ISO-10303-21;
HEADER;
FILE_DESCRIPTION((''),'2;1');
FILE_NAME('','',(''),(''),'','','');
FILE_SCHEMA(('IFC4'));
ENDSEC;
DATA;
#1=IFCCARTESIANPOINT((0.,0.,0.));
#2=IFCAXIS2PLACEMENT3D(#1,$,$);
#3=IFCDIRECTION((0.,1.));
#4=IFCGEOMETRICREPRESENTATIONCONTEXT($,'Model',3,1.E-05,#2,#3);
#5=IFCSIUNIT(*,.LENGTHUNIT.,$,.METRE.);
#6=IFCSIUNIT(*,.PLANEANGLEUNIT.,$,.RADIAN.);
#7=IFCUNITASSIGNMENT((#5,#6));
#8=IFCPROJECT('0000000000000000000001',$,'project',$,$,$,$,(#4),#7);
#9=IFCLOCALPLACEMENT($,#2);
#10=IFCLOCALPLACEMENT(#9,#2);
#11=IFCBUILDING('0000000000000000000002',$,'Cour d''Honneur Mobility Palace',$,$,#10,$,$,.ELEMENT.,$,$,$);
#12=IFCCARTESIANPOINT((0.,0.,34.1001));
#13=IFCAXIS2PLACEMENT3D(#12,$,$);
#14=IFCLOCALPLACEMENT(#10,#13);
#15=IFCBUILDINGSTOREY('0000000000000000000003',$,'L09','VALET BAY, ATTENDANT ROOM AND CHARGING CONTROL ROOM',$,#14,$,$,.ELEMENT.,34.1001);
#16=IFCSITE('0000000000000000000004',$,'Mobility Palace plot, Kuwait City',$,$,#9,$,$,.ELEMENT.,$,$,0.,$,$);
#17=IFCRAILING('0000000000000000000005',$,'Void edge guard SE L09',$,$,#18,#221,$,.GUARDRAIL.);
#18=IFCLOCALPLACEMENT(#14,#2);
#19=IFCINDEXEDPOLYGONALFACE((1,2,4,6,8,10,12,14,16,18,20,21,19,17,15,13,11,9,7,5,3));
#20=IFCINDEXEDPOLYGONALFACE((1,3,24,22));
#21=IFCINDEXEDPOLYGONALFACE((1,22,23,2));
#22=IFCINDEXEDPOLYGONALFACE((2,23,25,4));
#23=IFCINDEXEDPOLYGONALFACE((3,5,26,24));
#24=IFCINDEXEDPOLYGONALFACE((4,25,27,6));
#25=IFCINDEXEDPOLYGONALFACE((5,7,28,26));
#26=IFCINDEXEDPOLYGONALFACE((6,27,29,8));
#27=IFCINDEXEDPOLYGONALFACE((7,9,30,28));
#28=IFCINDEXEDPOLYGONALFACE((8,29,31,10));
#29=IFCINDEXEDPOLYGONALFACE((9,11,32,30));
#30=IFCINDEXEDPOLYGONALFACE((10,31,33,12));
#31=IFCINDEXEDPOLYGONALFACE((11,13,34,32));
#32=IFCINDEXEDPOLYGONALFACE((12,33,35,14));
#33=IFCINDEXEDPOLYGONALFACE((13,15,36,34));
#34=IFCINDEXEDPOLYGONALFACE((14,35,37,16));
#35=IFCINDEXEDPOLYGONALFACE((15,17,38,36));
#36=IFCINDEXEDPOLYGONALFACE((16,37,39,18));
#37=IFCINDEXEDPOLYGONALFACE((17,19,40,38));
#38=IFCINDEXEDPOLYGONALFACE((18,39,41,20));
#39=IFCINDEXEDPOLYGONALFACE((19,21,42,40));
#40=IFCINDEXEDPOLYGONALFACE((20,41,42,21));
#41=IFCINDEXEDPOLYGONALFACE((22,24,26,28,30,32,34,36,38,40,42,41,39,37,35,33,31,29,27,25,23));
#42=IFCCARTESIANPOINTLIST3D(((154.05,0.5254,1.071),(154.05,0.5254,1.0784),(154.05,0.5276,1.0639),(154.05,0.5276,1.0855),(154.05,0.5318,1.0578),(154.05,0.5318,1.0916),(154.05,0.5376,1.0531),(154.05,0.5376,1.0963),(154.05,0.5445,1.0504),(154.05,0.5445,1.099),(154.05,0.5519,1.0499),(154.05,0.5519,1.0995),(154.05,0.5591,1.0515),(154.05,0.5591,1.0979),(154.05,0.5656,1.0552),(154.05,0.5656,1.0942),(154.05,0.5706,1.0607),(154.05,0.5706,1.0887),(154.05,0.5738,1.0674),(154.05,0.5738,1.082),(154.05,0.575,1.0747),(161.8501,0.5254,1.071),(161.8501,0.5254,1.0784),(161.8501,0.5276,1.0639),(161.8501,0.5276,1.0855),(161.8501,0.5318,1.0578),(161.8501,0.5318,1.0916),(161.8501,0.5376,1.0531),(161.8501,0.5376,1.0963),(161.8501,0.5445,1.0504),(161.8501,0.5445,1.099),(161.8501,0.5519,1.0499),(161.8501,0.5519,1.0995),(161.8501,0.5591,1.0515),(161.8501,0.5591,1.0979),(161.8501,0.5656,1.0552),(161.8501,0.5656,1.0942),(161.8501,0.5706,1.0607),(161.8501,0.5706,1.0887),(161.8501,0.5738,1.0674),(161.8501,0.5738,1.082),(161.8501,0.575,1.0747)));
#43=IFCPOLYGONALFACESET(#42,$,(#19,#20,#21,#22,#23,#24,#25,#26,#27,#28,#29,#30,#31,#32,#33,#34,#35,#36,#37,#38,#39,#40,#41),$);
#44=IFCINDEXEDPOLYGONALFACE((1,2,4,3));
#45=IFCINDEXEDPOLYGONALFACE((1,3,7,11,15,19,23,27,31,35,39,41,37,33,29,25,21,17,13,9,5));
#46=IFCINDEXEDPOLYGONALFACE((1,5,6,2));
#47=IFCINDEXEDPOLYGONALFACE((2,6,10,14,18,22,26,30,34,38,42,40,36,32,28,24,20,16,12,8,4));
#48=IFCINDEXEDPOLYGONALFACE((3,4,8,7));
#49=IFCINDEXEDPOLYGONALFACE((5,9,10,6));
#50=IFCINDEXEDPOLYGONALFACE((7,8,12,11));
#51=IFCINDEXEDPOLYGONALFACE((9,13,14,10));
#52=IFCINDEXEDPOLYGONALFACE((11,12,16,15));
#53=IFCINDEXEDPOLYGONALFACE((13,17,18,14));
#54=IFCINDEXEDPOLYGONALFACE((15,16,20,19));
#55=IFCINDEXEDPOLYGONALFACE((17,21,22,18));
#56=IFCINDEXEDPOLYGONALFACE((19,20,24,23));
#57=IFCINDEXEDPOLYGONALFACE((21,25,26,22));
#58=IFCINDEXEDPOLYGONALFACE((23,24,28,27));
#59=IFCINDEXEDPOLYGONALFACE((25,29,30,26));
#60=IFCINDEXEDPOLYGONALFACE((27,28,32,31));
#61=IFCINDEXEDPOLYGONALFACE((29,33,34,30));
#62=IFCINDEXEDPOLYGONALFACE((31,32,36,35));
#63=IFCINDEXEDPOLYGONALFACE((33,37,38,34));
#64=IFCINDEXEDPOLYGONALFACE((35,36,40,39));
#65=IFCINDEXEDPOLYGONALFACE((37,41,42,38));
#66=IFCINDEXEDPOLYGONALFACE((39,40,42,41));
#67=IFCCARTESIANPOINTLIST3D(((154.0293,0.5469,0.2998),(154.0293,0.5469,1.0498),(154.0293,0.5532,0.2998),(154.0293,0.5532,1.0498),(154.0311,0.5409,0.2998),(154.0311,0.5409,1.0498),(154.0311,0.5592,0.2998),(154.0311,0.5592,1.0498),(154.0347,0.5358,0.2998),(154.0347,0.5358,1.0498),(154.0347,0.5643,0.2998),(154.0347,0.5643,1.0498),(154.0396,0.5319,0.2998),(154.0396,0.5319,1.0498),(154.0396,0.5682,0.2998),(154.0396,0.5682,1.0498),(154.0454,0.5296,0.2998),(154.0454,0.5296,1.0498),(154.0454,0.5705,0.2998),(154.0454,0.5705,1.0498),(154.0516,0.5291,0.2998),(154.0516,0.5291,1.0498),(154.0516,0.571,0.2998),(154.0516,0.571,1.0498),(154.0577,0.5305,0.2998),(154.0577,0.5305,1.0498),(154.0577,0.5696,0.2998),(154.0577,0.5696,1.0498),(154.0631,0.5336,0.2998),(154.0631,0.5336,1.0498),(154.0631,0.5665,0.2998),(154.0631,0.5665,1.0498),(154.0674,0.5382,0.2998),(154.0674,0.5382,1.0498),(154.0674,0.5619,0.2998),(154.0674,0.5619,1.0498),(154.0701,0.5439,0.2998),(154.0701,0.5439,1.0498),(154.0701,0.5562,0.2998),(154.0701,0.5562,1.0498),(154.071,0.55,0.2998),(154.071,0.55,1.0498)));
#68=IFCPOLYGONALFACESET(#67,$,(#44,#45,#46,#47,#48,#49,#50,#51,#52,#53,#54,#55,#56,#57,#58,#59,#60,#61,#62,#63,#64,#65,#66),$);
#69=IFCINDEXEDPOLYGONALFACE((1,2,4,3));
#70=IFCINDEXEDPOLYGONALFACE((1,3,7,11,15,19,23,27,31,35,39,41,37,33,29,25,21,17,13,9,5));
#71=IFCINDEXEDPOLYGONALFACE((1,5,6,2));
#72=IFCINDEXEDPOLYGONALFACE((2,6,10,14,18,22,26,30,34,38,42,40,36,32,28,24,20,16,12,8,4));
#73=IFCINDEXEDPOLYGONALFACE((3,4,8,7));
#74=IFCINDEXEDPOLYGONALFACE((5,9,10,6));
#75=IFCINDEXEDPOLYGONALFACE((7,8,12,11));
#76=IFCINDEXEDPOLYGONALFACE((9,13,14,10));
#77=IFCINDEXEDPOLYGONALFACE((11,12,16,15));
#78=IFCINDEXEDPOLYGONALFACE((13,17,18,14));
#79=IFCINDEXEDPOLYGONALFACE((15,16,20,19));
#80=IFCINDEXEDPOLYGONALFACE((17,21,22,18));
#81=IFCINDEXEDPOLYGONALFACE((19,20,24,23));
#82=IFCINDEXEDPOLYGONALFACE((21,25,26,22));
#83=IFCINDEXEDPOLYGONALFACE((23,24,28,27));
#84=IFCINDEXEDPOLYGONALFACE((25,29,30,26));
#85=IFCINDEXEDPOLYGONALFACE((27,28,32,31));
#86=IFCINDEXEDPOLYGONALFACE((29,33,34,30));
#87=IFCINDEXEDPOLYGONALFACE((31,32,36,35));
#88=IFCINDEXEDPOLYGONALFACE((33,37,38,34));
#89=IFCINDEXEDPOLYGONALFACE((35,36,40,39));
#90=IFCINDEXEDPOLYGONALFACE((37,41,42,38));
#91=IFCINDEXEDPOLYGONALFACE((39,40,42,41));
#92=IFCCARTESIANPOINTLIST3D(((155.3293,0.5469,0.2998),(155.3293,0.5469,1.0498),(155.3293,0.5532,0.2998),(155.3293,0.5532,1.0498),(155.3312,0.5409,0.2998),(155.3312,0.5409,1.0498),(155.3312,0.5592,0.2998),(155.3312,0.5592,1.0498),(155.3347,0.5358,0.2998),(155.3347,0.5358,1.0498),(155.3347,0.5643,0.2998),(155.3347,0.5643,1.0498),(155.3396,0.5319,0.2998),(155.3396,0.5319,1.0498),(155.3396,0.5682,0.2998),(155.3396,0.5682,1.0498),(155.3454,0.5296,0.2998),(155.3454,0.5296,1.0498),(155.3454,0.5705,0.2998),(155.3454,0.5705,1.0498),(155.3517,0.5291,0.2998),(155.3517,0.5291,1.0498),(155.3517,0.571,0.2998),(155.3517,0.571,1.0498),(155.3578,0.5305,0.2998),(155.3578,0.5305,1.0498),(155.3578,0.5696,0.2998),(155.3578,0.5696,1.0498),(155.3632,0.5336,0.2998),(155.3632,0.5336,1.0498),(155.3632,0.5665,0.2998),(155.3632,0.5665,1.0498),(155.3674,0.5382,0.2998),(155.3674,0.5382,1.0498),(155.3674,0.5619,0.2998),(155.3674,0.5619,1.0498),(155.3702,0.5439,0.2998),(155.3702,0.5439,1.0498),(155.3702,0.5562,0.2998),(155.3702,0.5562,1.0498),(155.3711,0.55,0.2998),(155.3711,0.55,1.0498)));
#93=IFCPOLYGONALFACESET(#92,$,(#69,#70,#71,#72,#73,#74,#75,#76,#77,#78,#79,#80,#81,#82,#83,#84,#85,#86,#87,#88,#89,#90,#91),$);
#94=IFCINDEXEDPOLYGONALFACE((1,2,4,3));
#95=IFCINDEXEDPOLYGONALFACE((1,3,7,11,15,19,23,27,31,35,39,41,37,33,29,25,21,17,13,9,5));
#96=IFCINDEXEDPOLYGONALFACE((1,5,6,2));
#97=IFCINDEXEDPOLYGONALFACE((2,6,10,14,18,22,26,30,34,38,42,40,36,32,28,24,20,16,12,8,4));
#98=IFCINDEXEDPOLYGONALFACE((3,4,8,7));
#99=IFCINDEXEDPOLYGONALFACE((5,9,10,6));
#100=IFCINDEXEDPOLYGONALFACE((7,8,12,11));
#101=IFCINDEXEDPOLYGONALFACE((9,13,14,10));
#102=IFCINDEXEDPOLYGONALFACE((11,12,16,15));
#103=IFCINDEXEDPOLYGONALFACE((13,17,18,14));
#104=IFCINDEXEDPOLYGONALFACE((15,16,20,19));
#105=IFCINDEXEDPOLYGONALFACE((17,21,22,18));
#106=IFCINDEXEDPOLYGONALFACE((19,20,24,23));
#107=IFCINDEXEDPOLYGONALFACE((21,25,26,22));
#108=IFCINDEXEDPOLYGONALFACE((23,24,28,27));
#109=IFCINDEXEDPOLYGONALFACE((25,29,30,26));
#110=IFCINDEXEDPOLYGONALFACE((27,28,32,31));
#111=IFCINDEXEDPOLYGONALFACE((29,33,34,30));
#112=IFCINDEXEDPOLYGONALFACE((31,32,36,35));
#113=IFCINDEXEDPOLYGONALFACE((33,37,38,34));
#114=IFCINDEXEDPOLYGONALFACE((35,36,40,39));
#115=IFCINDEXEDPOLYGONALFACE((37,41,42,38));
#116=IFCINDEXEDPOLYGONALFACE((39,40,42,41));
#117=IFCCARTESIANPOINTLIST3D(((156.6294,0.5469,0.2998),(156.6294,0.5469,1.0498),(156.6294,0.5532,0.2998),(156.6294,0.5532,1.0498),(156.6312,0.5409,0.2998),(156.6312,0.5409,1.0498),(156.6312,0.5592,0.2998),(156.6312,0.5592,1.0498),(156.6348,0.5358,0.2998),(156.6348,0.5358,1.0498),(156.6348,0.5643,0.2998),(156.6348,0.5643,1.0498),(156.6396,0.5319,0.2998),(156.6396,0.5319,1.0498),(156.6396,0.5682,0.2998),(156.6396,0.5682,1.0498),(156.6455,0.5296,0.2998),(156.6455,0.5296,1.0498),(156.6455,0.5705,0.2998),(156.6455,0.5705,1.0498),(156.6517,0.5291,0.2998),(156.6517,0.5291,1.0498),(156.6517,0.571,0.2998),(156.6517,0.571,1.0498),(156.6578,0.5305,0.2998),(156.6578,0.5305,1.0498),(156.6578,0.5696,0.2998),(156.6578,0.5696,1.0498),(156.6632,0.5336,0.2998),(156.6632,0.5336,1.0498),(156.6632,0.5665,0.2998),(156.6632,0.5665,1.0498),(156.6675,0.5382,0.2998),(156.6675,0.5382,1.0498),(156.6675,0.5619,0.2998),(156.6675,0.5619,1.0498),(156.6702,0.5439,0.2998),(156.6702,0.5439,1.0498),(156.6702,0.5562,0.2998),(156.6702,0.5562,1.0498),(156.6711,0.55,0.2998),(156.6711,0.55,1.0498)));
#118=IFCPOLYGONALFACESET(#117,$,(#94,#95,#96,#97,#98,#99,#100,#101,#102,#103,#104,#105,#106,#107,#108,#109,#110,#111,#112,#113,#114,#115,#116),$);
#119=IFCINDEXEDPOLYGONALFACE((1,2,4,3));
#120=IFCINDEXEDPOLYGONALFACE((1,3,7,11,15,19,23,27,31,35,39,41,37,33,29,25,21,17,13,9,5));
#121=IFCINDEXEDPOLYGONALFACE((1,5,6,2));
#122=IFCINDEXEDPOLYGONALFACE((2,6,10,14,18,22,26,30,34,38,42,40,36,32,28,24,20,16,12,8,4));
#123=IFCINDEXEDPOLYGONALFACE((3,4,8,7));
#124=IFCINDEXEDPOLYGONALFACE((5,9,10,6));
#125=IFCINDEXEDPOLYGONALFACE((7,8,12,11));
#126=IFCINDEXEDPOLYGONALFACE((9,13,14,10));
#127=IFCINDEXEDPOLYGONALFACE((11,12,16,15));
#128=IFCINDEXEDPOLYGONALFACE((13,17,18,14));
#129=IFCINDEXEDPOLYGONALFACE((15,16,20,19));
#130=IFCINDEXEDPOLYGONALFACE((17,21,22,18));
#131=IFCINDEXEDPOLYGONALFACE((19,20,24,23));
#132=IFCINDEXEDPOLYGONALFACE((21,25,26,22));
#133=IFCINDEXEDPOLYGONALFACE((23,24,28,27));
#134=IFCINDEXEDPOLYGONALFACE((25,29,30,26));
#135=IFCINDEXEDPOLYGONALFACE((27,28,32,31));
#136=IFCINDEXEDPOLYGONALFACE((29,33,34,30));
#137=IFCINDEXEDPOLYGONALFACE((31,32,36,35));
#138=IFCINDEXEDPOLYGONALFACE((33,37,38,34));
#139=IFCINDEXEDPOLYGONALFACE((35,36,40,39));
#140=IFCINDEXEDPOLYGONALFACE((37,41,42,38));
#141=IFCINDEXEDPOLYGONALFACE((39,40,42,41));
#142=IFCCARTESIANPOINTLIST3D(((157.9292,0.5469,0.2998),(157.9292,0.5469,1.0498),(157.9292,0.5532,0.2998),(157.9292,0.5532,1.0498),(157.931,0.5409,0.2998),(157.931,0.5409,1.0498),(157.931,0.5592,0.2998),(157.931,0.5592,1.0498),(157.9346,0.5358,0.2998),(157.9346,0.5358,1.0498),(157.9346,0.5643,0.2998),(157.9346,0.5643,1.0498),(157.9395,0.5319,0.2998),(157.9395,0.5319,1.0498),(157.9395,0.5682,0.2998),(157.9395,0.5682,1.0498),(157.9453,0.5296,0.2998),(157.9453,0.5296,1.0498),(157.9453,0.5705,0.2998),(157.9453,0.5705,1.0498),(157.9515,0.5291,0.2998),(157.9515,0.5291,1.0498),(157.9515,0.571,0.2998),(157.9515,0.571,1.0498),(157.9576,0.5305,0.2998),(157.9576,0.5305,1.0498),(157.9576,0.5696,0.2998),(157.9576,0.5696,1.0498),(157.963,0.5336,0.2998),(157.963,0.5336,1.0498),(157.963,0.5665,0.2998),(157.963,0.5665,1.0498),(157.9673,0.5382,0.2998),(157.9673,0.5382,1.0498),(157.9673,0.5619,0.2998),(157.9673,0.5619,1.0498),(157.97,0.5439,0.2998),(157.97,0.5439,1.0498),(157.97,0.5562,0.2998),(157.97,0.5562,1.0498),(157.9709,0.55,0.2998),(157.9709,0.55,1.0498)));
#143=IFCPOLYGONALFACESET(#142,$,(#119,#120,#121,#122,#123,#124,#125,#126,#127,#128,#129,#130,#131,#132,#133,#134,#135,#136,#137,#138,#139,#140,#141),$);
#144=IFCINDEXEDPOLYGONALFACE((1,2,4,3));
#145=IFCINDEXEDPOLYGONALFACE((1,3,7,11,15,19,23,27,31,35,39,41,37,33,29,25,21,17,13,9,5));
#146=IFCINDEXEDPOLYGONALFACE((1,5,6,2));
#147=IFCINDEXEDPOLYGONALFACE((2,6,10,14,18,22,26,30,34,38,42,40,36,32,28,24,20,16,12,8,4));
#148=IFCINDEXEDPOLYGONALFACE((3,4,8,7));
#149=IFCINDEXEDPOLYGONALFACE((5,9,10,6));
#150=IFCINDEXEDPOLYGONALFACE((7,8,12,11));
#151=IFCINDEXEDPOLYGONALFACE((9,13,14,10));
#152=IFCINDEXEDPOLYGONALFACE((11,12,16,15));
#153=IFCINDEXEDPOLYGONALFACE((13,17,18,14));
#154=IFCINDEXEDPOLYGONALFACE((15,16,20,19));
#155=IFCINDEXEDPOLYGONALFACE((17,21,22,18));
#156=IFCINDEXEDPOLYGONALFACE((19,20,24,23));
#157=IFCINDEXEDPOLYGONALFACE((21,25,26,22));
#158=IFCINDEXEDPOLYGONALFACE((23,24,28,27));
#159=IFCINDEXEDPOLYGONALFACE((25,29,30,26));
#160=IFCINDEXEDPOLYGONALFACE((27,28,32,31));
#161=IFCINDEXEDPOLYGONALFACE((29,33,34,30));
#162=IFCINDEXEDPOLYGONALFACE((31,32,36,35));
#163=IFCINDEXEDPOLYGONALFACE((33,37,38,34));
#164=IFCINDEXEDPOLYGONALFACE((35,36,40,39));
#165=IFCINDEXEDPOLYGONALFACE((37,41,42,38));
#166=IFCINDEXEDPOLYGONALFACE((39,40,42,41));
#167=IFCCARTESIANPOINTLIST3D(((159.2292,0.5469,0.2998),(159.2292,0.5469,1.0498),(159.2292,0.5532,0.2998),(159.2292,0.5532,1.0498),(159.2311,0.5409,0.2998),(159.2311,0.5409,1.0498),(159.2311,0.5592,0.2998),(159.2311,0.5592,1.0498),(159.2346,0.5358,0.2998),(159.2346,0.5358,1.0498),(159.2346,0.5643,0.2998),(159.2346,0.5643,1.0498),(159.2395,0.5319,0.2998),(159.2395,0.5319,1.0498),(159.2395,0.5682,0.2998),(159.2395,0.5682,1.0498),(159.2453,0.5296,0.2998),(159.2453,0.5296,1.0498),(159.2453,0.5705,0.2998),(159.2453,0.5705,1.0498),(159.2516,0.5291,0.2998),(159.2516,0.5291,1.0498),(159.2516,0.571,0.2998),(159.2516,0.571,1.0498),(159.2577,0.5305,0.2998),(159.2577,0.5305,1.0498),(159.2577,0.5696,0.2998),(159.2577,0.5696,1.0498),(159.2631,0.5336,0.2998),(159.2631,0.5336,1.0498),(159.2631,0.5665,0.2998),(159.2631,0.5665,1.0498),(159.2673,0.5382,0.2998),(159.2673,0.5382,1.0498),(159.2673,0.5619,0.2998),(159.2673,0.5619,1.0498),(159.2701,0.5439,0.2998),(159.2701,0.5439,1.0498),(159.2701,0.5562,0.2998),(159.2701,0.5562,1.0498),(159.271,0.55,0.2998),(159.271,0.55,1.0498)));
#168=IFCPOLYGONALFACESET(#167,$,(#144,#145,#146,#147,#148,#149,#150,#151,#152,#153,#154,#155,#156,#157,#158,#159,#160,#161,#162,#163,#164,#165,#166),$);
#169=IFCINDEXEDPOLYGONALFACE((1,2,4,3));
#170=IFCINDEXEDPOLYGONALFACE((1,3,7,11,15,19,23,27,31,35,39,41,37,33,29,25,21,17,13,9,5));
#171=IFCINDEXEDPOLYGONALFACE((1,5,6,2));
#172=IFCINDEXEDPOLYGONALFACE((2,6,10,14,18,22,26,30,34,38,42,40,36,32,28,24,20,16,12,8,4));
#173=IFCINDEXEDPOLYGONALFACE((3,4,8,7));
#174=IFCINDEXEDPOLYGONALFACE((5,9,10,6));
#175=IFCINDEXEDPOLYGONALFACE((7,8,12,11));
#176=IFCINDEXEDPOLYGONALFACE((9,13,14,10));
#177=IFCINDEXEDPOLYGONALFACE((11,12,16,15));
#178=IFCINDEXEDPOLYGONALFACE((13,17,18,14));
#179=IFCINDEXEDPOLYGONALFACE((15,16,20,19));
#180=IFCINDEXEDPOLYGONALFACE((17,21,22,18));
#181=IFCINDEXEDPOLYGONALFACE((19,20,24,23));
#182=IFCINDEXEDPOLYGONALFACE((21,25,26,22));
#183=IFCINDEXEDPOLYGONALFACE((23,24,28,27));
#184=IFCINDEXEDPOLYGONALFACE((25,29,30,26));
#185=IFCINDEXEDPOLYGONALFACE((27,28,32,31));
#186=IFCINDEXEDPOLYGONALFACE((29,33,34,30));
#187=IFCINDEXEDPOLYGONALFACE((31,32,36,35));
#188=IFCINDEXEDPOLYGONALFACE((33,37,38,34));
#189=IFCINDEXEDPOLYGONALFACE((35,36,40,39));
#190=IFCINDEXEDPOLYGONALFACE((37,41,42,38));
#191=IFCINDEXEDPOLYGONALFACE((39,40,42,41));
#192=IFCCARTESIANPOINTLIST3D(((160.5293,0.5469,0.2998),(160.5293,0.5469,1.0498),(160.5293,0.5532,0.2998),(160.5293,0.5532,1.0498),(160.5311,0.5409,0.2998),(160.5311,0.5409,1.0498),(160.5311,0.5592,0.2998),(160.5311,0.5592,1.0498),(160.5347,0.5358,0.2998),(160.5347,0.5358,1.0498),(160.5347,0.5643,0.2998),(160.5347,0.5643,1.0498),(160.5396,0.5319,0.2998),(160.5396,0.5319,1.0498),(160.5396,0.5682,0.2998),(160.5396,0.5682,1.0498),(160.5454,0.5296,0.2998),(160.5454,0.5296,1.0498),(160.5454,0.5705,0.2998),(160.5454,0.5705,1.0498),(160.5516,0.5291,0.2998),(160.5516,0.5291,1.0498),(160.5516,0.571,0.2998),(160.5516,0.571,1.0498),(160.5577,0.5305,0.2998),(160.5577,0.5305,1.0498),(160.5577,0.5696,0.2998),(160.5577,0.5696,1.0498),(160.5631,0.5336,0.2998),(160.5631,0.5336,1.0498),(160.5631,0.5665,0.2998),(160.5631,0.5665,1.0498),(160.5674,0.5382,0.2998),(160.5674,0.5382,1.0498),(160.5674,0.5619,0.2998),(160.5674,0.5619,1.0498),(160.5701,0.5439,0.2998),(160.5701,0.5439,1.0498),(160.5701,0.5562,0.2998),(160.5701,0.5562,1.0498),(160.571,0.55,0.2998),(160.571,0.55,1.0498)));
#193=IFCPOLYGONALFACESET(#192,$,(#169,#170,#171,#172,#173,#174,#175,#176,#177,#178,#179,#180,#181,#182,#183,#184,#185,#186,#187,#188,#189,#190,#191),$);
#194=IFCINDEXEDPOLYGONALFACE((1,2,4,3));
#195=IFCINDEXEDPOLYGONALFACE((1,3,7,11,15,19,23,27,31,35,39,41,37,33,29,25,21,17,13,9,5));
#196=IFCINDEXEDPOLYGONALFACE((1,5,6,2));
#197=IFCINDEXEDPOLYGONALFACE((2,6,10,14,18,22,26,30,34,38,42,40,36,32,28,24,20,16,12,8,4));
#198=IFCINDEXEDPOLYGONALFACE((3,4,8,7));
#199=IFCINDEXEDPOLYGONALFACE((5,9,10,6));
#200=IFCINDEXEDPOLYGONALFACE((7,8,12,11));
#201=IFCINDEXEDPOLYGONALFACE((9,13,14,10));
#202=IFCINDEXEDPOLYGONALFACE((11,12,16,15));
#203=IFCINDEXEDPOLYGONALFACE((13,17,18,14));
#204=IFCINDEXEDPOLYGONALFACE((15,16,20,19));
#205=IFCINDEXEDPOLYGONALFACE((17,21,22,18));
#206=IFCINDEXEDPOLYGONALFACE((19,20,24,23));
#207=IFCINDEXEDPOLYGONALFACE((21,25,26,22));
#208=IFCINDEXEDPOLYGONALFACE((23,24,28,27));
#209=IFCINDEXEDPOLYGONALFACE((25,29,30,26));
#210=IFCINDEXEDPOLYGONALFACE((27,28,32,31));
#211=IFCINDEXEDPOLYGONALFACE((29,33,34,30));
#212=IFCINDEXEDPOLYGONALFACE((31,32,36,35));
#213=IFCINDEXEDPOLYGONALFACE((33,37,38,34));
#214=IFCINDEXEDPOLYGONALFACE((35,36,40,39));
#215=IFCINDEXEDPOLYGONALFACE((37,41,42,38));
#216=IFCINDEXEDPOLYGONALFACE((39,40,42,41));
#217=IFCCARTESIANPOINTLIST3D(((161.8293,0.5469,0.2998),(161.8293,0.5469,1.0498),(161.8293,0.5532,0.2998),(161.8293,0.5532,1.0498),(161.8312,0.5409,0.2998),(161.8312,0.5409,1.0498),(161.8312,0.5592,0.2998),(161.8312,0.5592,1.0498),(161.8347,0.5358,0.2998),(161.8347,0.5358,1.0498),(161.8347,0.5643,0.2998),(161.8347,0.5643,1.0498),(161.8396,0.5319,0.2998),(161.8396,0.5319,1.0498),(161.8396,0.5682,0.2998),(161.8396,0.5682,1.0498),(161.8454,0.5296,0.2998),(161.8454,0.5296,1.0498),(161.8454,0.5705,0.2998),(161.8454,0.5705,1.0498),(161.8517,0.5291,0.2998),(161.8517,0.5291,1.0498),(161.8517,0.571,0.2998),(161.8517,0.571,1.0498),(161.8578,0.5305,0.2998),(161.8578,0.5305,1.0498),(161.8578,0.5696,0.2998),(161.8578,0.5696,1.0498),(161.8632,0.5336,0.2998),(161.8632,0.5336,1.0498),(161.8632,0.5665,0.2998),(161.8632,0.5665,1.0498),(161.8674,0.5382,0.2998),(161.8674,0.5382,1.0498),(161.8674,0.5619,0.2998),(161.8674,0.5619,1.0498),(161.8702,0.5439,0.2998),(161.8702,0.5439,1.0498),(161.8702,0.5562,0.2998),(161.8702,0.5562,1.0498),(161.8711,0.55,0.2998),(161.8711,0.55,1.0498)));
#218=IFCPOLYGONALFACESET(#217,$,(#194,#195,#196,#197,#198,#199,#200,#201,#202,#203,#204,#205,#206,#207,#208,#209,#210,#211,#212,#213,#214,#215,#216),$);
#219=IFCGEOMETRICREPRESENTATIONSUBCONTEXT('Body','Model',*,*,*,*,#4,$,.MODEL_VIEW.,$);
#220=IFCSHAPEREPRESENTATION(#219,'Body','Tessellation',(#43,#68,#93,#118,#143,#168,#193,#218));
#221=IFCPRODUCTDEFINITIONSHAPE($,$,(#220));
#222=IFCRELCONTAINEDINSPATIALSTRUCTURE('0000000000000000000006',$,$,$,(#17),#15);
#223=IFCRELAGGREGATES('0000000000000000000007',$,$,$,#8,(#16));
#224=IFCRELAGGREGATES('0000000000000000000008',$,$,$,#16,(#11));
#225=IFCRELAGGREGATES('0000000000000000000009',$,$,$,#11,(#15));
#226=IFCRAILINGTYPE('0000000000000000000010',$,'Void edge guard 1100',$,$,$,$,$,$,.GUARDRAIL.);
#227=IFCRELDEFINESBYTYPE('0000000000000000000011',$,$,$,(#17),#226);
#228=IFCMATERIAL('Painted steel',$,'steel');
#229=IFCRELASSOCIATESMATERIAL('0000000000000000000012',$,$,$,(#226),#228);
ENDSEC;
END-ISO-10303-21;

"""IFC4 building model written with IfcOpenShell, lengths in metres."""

from ifc_helpers import new_model, si_unit, direction, frame, origin, origin_2d, place, context, subcontext, project, spatial, circle, extrude, material, type_object, element, save


model = new_model("IFC4")

# Units and contexts
model_context = context("Model", 3, precision=1e-05, world=origin(), true_north=direction((0.0, 1.0)))
body_context = subcontext(model_context, "Body", "Model", "MODEL_VIEW")
ifc_project = project(units=[si_unit("LENGTHUNIT", "METRE"), si_unit("PLANEANGLEUNIT", "RADIAN")], contexts=[model_context])

# Site, building, storey
site_placement = place(None, origin())
site = spatial("IfcSite", under=ifc_project, at=site_placement, Name="Mobility Palace plot, Kuwait City", CompositionType="ELEMENT", RefElevation=0.0)
building_placement = place(site_placement, origin())
building = spatial("IfcBuilding", under=site, at=building_placement, Name="Cour d'Honneur Mobility Palace", CompositionType="ELEMENT")
storey_placement = place(building_placement, frame((0.0, 0.0, 34.1001)))
storey = spatial("IfcBuildingStorey", under=building, at=storey_placement, Name="L09", Description="VALET BAY, ATTENDANT ROOM AND CHARGING CONTROL ROOM", CompositionType="ELEMENT", Elevation=34.1001)

# Railing
ifc_material_1 = material(Name="Painted steel", Category="steel")
railing_type = type_object("IfcRailingType", Name="Void edge guard 1100", PredefinedType="GUARDRAIL", material=ifc_material_1)
railing_1_placement = place(storey_placement, frame((154.05, 0.55, 0.2998)))
element("IfcRailing", 1, at=railing_1_placement, inside=storey, type_object=railing_type, Name="Void edge guard SE L09", PredefinedType="GUARDRAIL", context=body_context, shape_type="SweptSolid", body=[
    extrude(circle(Radius=0.0249, at=origin_2d()), frame((0.0, 0.0, 0.7749), z_axis=(1.0, 0.0, 0.0), x_axis=(0.0, 1.0, 0.0)), (0.0, 0.0, 1.0), 7.8),
    extrude(circle(Radius=0.021, at=origin_2d()), origin(), (0.0, 0.0, 1.0), 0.75),
    extrude(circle(Radius=0.021, at=origin_2d()), frame((1.3, 0.0, 0.0)), (0.0, 0.0, 1.0), 0.75),
    extrude(circle(Radius=0.021, at=origin_2d()), frame((2.6001, 0.0, 0.0)), (0.0, 0.0, 1.0), 0.75),
    extrude(circle(Radius=0.021, at=origin_2d()), frame((3.8999, 0.0, 0.0)), (0.0, 0.0, 1.0), 0.75),
    extrude(circle(Radius=0.021, at=origin_2d()), frame((5.2, 0.0, 0.0)), (0.0, 0.0, 1.0), 0.75),
    extrude(circle(Radius=0.021, at=origin_2d()), frame((6.5, 0.0, 0.0)), (0.0, 0.0, 1.0), 0.75),
    extrude(circle(Radius=0.021, at=origin_2d()), frame((7.8, 0.0, 0.0)), (0.0, 0.0, 1.0), 0.75),
])

save(model, "model.ifc")
